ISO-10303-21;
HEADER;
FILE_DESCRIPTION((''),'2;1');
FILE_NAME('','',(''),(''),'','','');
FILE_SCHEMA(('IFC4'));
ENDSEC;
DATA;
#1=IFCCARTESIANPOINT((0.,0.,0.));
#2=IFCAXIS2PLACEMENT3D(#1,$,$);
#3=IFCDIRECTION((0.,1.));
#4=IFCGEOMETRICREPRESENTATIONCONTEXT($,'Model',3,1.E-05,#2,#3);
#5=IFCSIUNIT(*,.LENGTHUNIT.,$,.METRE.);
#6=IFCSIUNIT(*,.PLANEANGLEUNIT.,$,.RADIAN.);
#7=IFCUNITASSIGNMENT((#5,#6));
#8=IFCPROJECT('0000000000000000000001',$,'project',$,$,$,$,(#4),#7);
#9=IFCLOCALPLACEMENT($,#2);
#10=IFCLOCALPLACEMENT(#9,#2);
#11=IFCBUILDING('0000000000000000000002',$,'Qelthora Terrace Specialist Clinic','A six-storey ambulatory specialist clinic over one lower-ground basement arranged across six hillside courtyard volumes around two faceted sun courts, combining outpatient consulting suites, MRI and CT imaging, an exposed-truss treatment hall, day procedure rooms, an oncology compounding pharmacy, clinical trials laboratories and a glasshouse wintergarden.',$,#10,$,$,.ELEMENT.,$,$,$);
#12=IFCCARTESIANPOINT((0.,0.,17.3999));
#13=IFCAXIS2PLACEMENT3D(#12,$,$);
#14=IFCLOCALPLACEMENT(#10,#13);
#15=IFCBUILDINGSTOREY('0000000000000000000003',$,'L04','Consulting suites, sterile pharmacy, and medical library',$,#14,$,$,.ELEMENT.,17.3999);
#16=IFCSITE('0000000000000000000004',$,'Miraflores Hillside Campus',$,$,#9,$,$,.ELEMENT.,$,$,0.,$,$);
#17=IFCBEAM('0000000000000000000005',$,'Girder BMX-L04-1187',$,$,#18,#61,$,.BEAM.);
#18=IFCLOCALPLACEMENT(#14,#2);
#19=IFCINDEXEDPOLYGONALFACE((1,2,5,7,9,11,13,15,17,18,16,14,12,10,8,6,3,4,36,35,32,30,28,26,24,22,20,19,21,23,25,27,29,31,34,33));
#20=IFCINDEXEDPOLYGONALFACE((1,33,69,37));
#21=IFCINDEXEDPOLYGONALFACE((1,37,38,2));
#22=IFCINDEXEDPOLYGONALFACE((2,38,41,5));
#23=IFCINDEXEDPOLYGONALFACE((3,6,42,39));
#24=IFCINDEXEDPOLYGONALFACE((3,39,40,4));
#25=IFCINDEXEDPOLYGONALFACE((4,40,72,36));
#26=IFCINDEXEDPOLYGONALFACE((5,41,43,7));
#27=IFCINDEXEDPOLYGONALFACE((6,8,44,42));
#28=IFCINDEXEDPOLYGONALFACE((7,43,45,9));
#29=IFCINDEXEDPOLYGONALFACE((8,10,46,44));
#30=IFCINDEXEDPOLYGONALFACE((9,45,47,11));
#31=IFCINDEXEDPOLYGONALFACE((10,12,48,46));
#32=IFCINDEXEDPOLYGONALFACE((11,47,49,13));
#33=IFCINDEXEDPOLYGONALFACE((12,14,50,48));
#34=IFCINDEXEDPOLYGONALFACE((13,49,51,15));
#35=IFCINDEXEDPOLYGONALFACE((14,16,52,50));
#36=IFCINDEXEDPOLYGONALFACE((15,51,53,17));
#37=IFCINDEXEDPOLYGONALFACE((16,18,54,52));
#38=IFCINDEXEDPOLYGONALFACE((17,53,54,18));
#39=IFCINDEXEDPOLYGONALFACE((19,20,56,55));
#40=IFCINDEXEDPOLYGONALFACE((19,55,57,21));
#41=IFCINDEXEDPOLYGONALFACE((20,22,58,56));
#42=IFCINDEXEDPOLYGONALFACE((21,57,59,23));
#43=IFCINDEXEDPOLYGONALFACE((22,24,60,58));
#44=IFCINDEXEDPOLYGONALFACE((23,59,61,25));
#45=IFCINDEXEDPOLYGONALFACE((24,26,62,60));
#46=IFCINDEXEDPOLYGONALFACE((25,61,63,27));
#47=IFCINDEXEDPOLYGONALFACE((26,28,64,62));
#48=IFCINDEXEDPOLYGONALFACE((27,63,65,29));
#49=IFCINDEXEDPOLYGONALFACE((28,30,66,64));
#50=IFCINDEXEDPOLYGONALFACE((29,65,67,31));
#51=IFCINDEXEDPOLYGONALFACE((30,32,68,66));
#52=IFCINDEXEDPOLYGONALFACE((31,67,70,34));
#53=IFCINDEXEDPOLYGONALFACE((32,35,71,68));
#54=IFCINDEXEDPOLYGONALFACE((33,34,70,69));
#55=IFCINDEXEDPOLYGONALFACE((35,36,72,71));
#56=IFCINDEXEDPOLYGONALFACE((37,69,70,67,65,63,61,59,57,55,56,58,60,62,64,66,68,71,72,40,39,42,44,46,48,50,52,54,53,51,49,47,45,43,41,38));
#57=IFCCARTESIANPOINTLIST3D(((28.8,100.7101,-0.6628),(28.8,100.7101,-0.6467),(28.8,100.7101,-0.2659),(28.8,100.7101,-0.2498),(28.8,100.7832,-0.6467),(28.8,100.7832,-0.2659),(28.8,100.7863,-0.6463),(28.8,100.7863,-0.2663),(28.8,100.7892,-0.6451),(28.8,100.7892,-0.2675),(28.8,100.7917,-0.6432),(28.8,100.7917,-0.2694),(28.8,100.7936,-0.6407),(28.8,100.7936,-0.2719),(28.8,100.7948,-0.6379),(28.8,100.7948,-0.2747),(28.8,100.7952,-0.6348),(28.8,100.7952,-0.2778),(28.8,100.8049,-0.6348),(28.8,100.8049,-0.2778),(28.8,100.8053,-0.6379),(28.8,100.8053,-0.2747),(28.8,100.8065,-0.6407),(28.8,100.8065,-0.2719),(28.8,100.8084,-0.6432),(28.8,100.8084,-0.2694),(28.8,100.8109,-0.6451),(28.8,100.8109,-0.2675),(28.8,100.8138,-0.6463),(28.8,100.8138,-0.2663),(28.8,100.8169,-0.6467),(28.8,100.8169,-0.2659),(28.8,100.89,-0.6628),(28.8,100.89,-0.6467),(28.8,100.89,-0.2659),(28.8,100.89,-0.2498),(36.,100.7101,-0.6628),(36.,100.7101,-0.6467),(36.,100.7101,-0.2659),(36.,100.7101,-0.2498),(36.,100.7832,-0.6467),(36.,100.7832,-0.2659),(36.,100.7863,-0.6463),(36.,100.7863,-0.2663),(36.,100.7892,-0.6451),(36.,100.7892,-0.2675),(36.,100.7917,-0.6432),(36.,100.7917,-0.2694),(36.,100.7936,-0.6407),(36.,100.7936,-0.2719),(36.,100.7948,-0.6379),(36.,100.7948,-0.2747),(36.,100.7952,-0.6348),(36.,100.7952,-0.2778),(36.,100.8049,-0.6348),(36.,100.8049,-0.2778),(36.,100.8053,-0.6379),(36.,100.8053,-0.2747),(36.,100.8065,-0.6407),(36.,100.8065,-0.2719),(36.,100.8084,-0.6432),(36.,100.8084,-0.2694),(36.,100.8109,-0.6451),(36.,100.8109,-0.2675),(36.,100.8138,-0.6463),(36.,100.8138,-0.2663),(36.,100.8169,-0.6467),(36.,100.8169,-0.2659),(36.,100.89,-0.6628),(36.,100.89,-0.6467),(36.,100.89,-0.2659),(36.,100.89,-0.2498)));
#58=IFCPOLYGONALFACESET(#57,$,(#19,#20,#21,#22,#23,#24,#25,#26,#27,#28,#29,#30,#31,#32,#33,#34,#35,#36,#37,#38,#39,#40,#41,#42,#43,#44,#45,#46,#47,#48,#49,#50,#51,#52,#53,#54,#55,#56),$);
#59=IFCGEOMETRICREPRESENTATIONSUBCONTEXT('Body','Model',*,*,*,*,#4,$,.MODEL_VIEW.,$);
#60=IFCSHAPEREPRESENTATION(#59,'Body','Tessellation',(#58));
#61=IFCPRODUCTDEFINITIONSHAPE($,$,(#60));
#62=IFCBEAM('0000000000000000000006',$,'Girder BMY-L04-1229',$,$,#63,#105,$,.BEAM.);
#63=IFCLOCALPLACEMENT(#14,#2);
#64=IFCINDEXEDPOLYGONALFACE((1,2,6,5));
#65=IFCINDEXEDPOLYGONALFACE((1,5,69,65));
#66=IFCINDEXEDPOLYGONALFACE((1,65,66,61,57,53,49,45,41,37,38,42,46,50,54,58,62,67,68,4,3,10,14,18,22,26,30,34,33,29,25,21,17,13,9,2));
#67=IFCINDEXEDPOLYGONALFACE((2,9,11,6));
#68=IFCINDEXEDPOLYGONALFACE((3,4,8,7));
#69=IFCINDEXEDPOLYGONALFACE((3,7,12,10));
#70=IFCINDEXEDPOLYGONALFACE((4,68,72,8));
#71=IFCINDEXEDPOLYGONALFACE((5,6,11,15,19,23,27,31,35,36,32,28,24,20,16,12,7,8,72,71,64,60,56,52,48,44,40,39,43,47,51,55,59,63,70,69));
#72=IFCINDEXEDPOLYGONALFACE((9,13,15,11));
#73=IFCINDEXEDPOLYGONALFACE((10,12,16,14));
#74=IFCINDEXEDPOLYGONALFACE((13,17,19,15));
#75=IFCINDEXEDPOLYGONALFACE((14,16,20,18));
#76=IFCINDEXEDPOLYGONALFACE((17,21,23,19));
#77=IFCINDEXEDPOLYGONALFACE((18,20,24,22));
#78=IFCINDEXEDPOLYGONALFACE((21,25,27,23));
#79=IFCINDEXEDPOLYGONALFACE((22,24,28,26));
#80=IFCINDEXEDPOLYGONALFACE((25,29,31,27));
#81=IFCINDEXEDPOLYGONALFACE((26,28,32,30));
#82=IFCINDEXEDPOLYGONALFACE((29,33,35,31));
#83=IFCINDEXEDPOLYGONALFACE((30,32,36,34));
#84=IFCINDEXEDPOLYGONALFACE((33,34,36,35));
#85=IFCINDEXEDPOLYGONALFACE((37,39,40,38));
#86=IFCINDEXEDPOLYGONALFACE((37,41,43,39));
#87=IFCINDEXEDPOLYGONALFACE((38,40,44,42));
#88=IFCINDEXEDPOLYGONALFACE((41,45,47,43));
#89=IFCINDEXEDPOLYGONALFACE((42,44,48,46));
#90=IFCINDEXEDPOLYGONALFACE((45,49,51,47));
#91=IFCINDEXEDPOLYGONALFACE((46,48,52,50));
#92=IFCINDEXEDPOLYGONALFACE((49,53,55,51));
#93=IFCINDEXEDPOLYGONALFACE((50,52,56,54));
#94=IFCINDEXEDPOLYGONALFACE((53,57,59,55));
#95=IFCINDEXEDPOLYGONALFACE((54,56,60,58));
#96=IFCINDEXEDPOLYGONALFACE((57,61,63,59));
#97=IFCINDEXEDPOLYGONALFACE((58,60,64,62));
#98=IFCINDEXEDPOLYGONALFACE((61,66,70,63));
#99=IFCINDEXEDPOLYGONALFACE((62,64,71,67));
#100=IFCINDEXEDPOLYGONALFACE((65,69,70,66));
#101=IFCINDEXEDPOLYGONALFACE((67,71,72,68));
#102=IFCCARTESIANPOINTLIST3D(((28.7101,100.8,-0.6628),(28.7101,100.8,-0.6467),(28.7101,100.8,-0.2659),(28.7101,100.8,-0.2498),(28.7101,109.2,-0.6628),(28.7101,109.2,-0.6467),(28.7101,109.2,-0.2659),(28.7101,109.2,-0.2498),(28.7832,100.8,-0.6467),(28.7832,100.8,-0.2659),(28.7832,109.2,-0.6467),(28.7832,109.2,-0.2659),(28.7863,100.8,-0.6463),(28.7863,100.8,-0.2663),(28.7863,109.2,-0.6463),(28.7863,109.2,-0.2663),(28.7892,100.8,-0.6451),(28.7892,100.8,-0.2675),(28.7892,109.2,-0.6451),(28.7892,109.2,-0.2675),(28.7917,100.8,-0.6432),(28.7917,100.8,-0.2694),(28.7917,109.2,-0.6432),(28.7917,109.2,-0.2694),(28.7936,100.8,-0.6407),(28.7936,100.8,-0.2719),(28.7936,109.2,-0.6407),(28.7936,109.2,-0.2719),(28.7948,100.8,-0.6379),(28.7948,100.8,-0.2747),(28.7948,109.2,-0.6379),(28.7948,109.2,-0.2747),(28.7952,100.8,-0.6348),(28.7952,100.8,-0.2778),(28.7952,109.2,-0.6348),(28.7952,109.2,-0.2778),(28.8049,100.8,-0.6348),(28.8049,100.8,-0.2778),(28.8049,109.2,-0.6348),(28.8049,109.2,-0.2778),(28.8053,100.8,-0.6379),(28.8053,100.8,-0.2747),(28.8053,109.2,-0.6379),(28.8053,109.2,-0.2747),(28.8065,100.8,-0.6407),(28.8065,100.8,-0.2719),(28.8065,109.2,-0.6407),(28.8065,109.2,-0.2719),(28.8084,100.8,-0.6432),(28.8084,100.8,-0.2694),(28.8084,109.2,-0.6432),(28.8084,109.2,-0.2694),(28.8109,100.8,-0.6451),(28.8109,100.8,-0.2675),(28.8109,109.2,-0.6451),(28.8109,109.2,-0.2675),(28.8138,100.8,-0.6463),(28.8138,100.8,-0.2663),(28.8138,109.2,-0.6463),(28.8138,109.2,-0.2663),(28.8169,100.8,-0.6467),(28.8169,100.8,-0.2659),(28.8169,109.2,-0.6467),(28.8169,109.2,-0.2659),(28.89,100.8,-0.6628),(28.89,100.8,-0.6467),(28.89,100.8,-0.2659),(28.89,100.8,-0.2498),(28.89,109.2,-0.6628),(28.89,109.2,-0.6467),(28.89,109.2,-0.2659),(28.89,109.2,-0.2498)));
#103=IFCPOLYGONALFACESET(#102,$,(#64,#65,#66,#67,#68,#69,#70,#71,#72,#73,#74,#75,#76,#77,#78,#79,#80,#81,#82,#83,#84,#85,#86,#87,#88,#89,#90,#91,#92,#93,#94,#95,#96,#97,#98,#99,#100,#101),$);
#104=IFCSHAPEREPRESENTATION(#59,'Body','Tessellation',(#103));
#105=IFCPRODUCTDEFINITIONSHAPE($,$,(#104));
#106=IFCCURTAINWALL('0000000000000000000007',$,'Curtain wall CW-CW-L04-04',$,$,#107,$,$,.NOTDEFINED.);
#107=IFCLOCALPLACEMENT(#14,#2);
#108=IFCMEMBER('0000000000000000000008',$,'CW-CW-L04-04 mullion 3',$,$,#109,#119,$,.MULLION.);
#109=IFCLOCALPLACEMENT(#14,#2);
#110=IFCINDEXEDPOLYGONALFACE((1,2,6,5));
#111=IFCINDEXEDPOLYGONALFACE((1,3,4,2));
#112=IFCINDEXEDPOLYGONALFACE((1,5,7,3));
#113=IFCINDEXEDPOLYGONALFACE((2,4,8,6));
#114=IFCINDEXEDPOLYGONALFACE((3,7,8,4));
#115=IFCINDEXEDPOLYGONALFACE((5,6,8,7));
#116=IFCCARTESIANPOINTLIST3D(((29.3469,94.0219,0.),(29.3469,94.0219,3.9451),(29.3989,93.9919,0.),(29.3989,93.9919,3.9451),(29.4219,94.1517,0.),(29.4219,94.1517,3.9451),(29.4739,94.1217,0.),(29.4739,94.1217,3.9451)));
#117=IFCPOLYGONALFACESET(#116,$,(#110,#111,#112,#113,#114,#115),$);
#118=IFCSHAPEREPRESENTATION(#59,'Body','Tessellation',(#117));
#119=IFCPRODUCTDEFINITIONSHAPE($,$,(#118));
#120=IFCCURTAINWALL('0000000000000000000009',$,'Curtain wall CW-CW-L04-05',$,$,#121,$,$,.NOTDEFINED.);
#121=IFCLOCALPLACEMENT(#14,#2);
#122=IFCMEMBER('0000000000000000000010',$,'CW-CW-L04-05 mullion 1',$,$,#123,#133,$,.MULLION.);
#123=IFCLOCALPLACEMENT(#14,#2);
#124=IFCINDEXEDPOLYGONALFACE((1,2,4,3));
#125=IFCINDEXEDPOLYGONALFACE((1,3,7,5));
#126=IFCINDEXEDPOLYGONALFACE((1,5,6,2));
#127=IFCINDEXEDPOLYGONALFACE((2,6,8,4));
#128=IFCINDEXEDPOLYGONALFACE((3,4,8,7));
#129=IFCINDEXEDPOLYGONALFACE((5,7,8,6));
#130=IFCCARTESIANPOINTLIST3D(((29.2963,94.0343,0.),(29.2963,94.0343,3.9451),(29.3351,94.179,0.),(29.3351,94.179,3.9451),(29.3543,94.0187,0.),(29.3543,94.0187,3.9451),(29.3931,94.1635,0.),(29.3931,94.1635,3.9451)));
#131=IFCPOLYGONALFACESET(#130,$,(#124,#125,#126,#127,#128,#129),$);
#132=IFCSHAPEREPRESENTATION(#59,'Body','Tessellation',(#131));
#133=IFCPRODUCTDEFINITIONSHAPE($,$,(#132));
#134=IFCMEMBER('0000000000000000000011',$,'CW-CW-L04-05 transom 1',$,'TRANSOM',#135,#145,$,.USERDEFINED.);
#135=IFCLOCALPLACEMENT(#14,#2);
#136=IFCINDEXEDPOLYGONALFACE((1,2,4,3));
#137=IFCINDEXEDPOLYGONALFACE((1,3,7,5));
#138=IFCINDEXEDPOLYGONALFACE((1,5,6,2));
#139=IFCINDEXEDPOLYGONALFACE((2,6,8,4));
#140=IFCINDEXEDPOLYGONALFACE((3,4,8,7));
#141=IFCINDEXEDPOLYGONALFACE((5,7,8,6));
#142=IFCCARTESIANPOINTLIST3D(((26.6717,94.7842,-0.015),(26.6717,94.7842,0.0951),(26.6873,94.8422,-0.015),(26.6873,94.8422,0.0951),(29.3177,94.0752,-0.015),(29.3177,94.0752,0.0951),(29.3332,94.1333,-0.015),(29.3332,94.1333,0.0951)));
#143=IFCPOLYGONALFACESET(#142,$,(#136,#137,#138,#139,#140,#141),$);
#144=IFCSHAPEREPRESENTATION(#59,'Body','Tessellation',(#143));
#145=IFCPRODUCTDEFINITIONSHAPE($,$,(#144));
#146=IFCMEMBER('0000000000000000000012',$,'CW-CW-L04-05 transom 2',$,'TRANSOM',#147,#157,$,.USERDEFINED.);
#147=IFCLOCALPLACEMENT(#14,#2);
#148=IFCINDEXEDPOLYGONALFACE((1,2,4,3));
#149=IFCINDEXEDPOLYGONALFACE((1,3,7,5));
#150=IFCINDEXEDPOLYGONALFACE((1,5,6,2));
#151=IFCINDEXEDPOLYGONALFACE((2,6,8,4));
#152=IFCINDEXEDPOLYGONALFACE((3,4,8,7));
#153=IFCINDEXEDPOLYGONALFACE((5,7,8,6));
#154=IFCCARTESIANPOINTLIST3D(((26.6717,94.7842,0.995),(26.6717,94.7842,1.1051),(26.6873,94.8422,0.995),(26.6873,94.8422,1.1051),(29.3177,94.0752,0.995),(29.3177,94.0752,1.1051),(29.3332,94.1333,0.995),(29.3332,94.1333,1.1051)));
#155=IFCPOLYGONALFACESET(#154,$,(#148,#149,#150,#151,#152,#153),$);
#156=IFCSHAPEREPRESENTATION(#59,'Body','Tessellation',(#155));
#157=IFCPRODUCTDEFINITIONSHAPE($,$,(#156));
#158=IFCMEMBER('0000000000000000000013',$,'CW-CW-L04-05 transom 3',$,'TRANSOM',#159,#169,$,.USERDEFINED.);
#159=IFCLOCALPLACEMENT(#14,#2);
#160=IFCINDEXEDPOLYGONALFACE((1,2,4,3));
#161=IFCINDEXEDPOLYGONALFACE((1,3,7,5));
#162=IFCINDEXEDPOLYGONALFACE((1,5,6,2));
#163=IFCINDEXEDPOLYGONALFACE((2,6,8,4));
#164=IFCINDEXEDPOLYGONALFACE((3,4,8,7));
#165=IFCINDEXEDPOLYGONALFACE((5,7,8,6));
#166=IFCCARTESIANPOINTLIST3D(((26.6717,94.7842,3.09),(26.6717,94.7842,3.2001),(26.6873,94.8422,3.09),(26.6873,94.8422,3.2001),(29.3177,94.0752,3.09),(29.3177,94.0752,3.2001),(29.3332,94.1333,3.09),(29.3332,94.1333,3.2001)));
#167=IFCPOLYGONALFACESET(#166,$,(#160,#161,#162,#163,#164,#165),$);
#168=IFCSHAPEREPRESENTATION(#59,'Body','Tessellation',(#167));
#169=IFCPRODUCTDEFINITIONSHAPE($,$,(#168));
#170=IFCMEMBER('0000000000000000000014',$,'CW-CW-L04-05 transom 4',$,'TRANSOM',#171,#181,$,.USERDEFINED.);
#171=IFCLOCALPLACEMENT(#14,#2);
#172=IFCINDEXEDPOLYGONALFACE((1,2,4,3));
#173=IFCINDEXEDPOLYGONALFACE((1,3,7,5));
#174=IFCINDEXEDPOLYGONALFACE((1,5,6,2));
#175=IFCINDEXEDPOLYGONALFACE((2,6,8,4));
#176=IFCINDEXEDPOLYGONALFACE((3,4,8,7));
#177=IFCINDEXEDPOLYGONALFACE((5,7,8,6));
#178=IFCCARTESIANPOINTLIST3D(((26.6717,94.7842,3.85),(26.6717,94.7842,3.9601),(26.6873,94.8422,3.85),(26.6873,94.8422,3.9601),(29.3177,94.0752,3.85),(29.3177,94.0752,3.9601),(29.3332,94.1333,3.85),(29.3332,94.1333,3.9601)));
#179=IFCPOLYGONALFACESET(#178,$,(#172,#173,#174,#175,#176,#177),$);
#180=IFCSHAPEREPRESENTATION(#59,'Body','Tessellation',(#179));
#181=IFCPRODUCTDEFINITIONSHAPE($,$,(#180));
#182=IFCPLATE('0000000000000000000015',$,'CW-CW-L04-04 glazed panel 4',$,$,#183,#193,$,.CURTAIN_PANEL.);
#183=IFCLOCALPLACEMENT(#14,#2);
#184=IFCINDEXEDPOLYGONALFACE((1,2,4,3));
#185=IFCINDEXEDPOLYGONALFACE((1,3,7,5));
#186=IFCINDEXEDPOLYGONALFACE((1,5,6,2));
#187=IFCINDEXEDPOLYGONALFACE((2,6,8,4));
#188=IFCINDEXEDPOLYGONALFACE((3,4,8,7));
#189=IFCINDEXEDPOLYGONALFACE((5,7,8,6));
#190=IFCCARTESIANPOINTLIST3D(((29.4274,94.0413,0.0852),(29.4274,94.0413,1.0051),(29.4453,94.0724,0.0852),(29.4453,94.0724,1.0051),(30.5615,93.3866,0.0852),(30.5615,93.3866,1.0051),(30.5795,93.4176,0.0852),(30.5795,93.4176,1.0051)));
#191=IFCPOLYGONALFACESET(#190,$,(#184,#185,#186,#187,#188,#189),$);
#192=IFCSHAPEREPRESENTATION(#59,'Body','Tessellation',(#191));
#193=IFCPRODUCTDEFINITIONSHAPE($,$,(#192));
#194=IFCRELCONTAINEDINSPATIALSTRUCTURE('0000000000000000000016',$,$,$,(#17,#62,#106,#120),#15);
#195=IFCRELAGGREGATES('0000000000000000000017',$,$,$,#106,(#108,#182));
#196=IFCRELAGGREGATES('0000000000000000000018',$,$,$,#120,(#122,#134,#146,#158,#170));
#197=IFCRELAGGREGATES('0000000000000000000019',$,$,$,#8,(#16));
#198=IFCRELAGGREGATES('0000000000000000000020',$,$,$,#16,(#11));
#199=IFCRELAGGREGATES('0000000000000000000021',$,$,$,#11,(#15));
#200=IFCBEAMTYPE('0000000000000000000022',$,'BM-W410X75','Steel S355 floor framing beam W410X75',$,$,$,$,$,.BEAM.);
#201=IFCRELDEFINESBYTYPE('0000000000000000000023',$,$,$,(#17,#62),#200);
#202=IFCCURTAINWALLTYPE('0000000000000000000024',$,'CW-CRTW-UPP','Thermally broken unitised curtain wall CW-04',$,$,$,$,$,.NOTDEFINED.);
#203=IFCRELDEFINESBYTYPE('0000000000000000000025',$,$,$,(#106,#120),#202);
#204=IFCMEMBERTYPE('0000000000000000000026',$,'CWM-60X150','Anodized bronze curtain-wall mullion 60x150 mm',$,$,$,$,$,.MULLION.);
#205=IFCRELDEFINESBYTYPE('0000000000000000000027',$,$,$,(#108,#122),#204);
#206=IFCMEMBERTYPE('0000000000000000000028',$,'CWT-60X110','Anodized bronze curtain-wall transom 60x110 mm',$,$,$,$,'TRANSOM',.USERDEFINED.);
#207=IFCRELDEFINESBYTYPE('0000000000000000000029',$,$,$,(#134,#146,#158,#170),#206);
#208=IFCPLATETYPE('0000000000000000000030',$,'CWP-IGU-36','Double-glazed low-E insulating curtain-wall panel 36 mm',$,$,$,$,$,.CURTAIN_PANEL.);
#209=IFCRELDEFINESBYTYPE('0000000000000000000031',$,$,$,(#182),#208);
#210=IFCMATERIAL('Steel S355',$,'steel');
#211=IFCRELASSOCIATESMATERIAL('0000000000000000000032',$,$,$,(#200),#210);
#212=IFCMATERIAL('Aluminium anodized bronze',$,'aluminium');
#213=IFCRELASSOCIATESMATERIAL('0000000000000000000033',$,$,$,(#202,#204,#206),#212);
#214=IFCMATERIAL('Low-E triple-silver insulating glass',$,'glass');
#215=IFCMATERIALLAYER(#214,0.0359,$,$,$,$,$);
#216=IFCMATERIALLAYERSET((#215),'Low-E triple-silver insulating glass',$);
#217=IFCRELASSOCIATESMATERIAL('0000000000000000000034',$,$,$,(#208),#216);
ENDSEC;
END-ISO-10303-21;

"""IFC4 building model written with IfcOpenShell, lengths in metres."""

from ifc_helpers import new_model, si_unit, direction, frame, origin, origin_2d, place, context, subcontext, project, spatial, rectangle, i_section, extrude, material, layer, layer_set, material_profile, profile_set, type_object, element, aggregate, save


model = new_model("IFC4")

# Units and contexts
model_context = context("Model", 3, precision=1e-05, world=origin(), true_north=direction((0.0, 1.0)))
body_context = subcontext(model_context, "Body", "Model", "MODEL_VIEW")
ifc_project = project(units=[si_unit("LENGTHUNIT", "METRE"), si_unit("PLANEANGLEUNIT", "RADIAN")], contexts=[model_context])

# Site, building, storey
site_placement = place(None, origin())
site = spatial("IfcSite", under=ifc_project, at=site_placement, Name="Miraflores Hillside Campus", CompositionType="ELEMENT", RefElevation=0.0)
building_placement = place(site_placement, origin())
building = spatial("IfcBuilding", under=site, at=building_placement, Name="Qelthora Terrace Specialist Clinic", Description="A six-storey ambulatory specialist clinic over one lower-ground basement arranged across six hillside courtyard volumes around two faceted sun courts, combining outpatient consulting suites, MRI and CT imaging, an exposed-truss treatment hall, day procedure rooms, an oncology compounding pharmacy, clinical trials laboratories and a glasshouse wintergarden.", CompositionType="ELEMENT")
storey_placement = place(building_placement, frame((0.0, 0.0, 17.3999)))
storey = spatial("IfcBuildingStorey", under=building, at=storey_placement, Name="L04", Description="Consulting suites, sterile pharmacy, and medical library", CompositionType="ELEMENT", Elevation=17.3999)

# Shared definitions
ifc_material_1 = material(Name="Steel S355", Category="steel")

# Beams
ifc_material_profile_1 = material_profile(ifc_material_1, i_section(OverallWidth=0.1799, OverallDepth=0.4131, WebThickness=0.0098, FlangeThickness=0.0161, FilletRadius=0.012, at=origin_2d()), Name="W410X75")
ifc_profile_set_1 = profile_set([ifc_material_profile_1], Name="Steel S355")
beam_type_1 = type_object("IfcBeamType", Name="BM-W410X75", Description="Steel S355 floor framing beam W410X75", PredefinedType="BEAM", material=ifc_profile_set_1)
beam_1_placement = place(storey_placement, frame((28.8, 100.8, -0.4563), z_axis=(1.0, 0.0, 0.0), x_axis=(0.0, 1.0, 0.0)))
element("IfcBeam", 1, at=beam_1_placement, inside=storey, type_object=beam_type_1, Name="Girder BMX-L04-1187", PredefinedType="BEAM", context=body_context, shape_type="SweptSolid", body=[
    extrude(i_section(OverallWidth=0.1799, OverallDepth=0.4131, WebThickness=0.0098, FlangeThickness=0.0161, FilletRadius=0.012, at=origin_2d()), origin(), (0.0, 0.0, 1.0), 7.2),
])
beam_2_placement = place(storey_placement, frame((28.8, 100.8, -0.4563), z_axis=(0.0, 1.0, 0.0), x_axis=(-1.0, 0.0, 0.0)))
element("IfcBeam", 2, at=beam_2_placement, inside=storey, type_object=beam_type_1, Name="Girder BMY-L04-1229", PredefinedType="BEAM", context=body_context, shape_type="SweptSolid", body=[
    extrude(i_section(OverallWidth=0.1799, OverallDepth=0.4131, WebThickness=0.0098, FlangeThickness=0.0161, FilletRadius=0.012, at=origin_2d()), origin(), (0.0, 0.0, 1.0), 8.3999),
])

# Curtain wall, member
ifc_material_2 = material(Name="Aluminium anodized bronze", Category="aluminium")
curtain_wall_type = type_object("IfcCurtainWallType", Name="CW-CRTW-UPP", Description="Thermally broken unitised curtain wall CW-04", PredefinedType="NOTDEFINED", material=ifc_material_2)
curtain_wall_1_placement = place(storey_placement, origin())
curtain_wall_1 = element("IfcCurtainWall", 3, at=curtain_wall_1_placement, inside=storey, type_object=curtain_wall_type, Name="Curtain wall CW-CW-L04-04", PredefinedType="NOTDEFINED")
ifc_material_profile_2 = material_profile(ifc_material_2, rectangle(XDim=0.0601, YDim=0.1499, at=origin_2d()), Name="CWM60X150")
ifc_profile_set_2 = profile_set([ifc_material_profile_2], Name="Aluminium anodized bronze")
member_type_1 = type_object("IfcMemberType", Name="CWM-60X150", Description="Anodized bronze curtain-wall mullion 60x150 mm", PredefinedType="MULLION", material=ifc_profile_set_2)
member_1_placement = place(storey_placement, frame((29.4104, 94.0718, 0.0), z_axis=(0.0, 0.0, 1.0), x_axis=(-0.866026, 0.5, 0.0)))
member_1 = element("IfcMember", 4, at=member_1_placement, type_object=member_type_1, Name="CW-CW-L04-04 mullion 3", PredefinedType="MULLION", context=body_context, shape_type="SweptSolid", body=[
    extrude(rectangle(XDim=0.0601, YDim=0.1499, at=origin_2d()), origin(), (0.0, 0.0, 1.0), 3.9451),
])

# Curtain wall, members
curtain_wall_2_placement = place(storey_placement, origin())
curtain_wall_2 = element("IfcCurtainWall", 5, at=curtain_wall_2_placement, inside=storey, type_object=curtain_wall_type, Name="Curtain wall CW-CW-L04-05", PredefinedType="NOTDEFINED")
member_2_placement = place(storey_placement, frame((29.3447, 94.0989, 0.0), z_axis=(0.0, 0.0, 1.0), x_axis=(-0.965925, 0.25882, 0.0)))
member_2 = element("IfcMember", 6, at=member_2_placement, type_object=member_type_1, Name="CW-CW-L04-05 mullion 1", PredefinedType="MULLION", context=body_context, shape_type="SweptSolid", body=[
    extrude(rectangle(XDim=0.0601, YDim=0.1499, at=origin_2d()), origin(), (0.0, 0.0, 1.0), 3.9451),
])
ifc_material_profile_3 = material_profile(ifc_material_2, rectangle(XDim=0.0601, YDim=0.1101, at=origin_2d()), Name="CWT60X110")
ifc_profile_set_3 = profile_set([ifc_material_profile_3], Name="Aluminium anodized bronze")
member_type_2 = type_object("IfcMemberType", Name="CWT-60X110", Description="Anodized bronze curtain-wall transom 60x110 mm", ElementType="TRANSOM", PredefinedType="USERDEFINED", material=ifc_profile_set_3)
member_3_placement = place(storey_placement, frame((29.3254, 94.1042, 0.04), z_axis=(-0.965927, 0.258816, 0.0), x_axis=(-0.258816, -0.965927, 0.0)))
member_3 = element("IfcMember", 7, at=member_3_placement, type_object=member_type_2, Name="CW-CW-L04-05 transom 1", ObjectType="TRANSOM", PredefinedType="USERDEFINED", context=body_context, shape_type="SweptSolid", body=[
    extrude(rectangle(XDim=0.0601, YDim=0.1101, at=origin_2d()), origin(), (0.0, 0.0, 1.0), 2.7393),
])
member_4_placement = place(storey_placement, frame((29.3254, 94.1042, 1.05), z_axis=(-0.965927, 0.258816, 0.0), x_axis=(-0.258816, -0.965927, 0.0)))
member_4 = element("IfcMember", 8, at=member_4_placement, type_object=member_type_2, Name="CW-CW-L04-05 transom 2", ObjectType="TRANSOM", PredefinedType="USERDEFINED", context=body_context, shape_type="SweptSolid", body=[
    extrude(rectangle(XDim=0.0601, YDim=0.1101, at=origin_2d()), origin(), (0.0, 0.0, 1.0), 2.7393),
])
member_5_placement = place(storey_placement, frame((29.3254, 94.1042, 3.145), z_axis=(-0.965927, 0.258816, 0.0), x_axis=(-0.258816, -0.965927, 0.0)))
member_5 = element("IfcMember", 9, at=member_5_placement, type_object=member_type_2, Name="CW-CW-L04-05 transom 3", ObjectType="TRANSOM", PredefinedType="USERDEFINED", context=body_context, shape_type="SweptSolid", body=[
    extrude(rectangle(XDim=0.0601, YDim=0.1101, at=origin_2d()), origin(), (0.0, 0.0, 1.0), 2.7393),
])
member_6_placement = place(storey_placement, frame((29.3254, 94.1042, 3.905), z_axis=(-0.965927, 0.258816, 0.0), x_axis=(-0.258816, -0.965927, 0.0)))
member_6 = element("IfcMember", 10, at=member_6_placement, type_object=member_type_2, Name="CW-CW-L04-05 transom 4", ObjectType="TRANSOM", PredefinedType="USERDEFINED", context=body_context, shape_type="SweptSolid", body=[
    extrude(rectangle(XDim=0.0601, YDim=0.1101, at=origin_2d()), origin(), (0.0, 0.0, 1.0), 2.7393),
])

# Plate
ifc_material_3 = material(Name="Low-E triple-silver insulating glass", Category="glass")
ifc_layer_1 = layer(ifc_material_3, 0.0359)
ifc_layer_set_1 = layer_set([ifc_layer_1], Name="Low-E triple-silver insulating glass")
plate_type = type_object("IfcPlateType", Name="CWP-IGU-36", Description="Double-glazed low-E insulating curtain-wall panel 36 mm", PredefinedType="CURTAIN_PANEL", material=ifc_layer_set_1)
plate_1_placement = place(storey_placement, frame((30.0034, 93.7295, 0.0852), z_axis=(0.0, 0.0, 1.0), x_axis=(-0.866025, 0.5, 0.0)))
plate_1 = element("IfcPlate", 11, at=plate_1_placement, type_object=plate_type, Name="CW-CW-L04-04 glazed panel 4", PredefinedType="CURTAIN_PANEL", context=body_context, shape_type="SweptSolid", body=[
    extrude(rectangle(XDim=1.3096, YDim=0.0359, at=origin_2d()), origin(), (0.0, 0.0, 1.0), 0.9199),
])
aggregate(curtain_wall_1, [member_1, plate_1])
aggregate(curtain_wall_2, [member_2, member_3, member_4, member_5, member_6])

save(model, "model.ifc")
